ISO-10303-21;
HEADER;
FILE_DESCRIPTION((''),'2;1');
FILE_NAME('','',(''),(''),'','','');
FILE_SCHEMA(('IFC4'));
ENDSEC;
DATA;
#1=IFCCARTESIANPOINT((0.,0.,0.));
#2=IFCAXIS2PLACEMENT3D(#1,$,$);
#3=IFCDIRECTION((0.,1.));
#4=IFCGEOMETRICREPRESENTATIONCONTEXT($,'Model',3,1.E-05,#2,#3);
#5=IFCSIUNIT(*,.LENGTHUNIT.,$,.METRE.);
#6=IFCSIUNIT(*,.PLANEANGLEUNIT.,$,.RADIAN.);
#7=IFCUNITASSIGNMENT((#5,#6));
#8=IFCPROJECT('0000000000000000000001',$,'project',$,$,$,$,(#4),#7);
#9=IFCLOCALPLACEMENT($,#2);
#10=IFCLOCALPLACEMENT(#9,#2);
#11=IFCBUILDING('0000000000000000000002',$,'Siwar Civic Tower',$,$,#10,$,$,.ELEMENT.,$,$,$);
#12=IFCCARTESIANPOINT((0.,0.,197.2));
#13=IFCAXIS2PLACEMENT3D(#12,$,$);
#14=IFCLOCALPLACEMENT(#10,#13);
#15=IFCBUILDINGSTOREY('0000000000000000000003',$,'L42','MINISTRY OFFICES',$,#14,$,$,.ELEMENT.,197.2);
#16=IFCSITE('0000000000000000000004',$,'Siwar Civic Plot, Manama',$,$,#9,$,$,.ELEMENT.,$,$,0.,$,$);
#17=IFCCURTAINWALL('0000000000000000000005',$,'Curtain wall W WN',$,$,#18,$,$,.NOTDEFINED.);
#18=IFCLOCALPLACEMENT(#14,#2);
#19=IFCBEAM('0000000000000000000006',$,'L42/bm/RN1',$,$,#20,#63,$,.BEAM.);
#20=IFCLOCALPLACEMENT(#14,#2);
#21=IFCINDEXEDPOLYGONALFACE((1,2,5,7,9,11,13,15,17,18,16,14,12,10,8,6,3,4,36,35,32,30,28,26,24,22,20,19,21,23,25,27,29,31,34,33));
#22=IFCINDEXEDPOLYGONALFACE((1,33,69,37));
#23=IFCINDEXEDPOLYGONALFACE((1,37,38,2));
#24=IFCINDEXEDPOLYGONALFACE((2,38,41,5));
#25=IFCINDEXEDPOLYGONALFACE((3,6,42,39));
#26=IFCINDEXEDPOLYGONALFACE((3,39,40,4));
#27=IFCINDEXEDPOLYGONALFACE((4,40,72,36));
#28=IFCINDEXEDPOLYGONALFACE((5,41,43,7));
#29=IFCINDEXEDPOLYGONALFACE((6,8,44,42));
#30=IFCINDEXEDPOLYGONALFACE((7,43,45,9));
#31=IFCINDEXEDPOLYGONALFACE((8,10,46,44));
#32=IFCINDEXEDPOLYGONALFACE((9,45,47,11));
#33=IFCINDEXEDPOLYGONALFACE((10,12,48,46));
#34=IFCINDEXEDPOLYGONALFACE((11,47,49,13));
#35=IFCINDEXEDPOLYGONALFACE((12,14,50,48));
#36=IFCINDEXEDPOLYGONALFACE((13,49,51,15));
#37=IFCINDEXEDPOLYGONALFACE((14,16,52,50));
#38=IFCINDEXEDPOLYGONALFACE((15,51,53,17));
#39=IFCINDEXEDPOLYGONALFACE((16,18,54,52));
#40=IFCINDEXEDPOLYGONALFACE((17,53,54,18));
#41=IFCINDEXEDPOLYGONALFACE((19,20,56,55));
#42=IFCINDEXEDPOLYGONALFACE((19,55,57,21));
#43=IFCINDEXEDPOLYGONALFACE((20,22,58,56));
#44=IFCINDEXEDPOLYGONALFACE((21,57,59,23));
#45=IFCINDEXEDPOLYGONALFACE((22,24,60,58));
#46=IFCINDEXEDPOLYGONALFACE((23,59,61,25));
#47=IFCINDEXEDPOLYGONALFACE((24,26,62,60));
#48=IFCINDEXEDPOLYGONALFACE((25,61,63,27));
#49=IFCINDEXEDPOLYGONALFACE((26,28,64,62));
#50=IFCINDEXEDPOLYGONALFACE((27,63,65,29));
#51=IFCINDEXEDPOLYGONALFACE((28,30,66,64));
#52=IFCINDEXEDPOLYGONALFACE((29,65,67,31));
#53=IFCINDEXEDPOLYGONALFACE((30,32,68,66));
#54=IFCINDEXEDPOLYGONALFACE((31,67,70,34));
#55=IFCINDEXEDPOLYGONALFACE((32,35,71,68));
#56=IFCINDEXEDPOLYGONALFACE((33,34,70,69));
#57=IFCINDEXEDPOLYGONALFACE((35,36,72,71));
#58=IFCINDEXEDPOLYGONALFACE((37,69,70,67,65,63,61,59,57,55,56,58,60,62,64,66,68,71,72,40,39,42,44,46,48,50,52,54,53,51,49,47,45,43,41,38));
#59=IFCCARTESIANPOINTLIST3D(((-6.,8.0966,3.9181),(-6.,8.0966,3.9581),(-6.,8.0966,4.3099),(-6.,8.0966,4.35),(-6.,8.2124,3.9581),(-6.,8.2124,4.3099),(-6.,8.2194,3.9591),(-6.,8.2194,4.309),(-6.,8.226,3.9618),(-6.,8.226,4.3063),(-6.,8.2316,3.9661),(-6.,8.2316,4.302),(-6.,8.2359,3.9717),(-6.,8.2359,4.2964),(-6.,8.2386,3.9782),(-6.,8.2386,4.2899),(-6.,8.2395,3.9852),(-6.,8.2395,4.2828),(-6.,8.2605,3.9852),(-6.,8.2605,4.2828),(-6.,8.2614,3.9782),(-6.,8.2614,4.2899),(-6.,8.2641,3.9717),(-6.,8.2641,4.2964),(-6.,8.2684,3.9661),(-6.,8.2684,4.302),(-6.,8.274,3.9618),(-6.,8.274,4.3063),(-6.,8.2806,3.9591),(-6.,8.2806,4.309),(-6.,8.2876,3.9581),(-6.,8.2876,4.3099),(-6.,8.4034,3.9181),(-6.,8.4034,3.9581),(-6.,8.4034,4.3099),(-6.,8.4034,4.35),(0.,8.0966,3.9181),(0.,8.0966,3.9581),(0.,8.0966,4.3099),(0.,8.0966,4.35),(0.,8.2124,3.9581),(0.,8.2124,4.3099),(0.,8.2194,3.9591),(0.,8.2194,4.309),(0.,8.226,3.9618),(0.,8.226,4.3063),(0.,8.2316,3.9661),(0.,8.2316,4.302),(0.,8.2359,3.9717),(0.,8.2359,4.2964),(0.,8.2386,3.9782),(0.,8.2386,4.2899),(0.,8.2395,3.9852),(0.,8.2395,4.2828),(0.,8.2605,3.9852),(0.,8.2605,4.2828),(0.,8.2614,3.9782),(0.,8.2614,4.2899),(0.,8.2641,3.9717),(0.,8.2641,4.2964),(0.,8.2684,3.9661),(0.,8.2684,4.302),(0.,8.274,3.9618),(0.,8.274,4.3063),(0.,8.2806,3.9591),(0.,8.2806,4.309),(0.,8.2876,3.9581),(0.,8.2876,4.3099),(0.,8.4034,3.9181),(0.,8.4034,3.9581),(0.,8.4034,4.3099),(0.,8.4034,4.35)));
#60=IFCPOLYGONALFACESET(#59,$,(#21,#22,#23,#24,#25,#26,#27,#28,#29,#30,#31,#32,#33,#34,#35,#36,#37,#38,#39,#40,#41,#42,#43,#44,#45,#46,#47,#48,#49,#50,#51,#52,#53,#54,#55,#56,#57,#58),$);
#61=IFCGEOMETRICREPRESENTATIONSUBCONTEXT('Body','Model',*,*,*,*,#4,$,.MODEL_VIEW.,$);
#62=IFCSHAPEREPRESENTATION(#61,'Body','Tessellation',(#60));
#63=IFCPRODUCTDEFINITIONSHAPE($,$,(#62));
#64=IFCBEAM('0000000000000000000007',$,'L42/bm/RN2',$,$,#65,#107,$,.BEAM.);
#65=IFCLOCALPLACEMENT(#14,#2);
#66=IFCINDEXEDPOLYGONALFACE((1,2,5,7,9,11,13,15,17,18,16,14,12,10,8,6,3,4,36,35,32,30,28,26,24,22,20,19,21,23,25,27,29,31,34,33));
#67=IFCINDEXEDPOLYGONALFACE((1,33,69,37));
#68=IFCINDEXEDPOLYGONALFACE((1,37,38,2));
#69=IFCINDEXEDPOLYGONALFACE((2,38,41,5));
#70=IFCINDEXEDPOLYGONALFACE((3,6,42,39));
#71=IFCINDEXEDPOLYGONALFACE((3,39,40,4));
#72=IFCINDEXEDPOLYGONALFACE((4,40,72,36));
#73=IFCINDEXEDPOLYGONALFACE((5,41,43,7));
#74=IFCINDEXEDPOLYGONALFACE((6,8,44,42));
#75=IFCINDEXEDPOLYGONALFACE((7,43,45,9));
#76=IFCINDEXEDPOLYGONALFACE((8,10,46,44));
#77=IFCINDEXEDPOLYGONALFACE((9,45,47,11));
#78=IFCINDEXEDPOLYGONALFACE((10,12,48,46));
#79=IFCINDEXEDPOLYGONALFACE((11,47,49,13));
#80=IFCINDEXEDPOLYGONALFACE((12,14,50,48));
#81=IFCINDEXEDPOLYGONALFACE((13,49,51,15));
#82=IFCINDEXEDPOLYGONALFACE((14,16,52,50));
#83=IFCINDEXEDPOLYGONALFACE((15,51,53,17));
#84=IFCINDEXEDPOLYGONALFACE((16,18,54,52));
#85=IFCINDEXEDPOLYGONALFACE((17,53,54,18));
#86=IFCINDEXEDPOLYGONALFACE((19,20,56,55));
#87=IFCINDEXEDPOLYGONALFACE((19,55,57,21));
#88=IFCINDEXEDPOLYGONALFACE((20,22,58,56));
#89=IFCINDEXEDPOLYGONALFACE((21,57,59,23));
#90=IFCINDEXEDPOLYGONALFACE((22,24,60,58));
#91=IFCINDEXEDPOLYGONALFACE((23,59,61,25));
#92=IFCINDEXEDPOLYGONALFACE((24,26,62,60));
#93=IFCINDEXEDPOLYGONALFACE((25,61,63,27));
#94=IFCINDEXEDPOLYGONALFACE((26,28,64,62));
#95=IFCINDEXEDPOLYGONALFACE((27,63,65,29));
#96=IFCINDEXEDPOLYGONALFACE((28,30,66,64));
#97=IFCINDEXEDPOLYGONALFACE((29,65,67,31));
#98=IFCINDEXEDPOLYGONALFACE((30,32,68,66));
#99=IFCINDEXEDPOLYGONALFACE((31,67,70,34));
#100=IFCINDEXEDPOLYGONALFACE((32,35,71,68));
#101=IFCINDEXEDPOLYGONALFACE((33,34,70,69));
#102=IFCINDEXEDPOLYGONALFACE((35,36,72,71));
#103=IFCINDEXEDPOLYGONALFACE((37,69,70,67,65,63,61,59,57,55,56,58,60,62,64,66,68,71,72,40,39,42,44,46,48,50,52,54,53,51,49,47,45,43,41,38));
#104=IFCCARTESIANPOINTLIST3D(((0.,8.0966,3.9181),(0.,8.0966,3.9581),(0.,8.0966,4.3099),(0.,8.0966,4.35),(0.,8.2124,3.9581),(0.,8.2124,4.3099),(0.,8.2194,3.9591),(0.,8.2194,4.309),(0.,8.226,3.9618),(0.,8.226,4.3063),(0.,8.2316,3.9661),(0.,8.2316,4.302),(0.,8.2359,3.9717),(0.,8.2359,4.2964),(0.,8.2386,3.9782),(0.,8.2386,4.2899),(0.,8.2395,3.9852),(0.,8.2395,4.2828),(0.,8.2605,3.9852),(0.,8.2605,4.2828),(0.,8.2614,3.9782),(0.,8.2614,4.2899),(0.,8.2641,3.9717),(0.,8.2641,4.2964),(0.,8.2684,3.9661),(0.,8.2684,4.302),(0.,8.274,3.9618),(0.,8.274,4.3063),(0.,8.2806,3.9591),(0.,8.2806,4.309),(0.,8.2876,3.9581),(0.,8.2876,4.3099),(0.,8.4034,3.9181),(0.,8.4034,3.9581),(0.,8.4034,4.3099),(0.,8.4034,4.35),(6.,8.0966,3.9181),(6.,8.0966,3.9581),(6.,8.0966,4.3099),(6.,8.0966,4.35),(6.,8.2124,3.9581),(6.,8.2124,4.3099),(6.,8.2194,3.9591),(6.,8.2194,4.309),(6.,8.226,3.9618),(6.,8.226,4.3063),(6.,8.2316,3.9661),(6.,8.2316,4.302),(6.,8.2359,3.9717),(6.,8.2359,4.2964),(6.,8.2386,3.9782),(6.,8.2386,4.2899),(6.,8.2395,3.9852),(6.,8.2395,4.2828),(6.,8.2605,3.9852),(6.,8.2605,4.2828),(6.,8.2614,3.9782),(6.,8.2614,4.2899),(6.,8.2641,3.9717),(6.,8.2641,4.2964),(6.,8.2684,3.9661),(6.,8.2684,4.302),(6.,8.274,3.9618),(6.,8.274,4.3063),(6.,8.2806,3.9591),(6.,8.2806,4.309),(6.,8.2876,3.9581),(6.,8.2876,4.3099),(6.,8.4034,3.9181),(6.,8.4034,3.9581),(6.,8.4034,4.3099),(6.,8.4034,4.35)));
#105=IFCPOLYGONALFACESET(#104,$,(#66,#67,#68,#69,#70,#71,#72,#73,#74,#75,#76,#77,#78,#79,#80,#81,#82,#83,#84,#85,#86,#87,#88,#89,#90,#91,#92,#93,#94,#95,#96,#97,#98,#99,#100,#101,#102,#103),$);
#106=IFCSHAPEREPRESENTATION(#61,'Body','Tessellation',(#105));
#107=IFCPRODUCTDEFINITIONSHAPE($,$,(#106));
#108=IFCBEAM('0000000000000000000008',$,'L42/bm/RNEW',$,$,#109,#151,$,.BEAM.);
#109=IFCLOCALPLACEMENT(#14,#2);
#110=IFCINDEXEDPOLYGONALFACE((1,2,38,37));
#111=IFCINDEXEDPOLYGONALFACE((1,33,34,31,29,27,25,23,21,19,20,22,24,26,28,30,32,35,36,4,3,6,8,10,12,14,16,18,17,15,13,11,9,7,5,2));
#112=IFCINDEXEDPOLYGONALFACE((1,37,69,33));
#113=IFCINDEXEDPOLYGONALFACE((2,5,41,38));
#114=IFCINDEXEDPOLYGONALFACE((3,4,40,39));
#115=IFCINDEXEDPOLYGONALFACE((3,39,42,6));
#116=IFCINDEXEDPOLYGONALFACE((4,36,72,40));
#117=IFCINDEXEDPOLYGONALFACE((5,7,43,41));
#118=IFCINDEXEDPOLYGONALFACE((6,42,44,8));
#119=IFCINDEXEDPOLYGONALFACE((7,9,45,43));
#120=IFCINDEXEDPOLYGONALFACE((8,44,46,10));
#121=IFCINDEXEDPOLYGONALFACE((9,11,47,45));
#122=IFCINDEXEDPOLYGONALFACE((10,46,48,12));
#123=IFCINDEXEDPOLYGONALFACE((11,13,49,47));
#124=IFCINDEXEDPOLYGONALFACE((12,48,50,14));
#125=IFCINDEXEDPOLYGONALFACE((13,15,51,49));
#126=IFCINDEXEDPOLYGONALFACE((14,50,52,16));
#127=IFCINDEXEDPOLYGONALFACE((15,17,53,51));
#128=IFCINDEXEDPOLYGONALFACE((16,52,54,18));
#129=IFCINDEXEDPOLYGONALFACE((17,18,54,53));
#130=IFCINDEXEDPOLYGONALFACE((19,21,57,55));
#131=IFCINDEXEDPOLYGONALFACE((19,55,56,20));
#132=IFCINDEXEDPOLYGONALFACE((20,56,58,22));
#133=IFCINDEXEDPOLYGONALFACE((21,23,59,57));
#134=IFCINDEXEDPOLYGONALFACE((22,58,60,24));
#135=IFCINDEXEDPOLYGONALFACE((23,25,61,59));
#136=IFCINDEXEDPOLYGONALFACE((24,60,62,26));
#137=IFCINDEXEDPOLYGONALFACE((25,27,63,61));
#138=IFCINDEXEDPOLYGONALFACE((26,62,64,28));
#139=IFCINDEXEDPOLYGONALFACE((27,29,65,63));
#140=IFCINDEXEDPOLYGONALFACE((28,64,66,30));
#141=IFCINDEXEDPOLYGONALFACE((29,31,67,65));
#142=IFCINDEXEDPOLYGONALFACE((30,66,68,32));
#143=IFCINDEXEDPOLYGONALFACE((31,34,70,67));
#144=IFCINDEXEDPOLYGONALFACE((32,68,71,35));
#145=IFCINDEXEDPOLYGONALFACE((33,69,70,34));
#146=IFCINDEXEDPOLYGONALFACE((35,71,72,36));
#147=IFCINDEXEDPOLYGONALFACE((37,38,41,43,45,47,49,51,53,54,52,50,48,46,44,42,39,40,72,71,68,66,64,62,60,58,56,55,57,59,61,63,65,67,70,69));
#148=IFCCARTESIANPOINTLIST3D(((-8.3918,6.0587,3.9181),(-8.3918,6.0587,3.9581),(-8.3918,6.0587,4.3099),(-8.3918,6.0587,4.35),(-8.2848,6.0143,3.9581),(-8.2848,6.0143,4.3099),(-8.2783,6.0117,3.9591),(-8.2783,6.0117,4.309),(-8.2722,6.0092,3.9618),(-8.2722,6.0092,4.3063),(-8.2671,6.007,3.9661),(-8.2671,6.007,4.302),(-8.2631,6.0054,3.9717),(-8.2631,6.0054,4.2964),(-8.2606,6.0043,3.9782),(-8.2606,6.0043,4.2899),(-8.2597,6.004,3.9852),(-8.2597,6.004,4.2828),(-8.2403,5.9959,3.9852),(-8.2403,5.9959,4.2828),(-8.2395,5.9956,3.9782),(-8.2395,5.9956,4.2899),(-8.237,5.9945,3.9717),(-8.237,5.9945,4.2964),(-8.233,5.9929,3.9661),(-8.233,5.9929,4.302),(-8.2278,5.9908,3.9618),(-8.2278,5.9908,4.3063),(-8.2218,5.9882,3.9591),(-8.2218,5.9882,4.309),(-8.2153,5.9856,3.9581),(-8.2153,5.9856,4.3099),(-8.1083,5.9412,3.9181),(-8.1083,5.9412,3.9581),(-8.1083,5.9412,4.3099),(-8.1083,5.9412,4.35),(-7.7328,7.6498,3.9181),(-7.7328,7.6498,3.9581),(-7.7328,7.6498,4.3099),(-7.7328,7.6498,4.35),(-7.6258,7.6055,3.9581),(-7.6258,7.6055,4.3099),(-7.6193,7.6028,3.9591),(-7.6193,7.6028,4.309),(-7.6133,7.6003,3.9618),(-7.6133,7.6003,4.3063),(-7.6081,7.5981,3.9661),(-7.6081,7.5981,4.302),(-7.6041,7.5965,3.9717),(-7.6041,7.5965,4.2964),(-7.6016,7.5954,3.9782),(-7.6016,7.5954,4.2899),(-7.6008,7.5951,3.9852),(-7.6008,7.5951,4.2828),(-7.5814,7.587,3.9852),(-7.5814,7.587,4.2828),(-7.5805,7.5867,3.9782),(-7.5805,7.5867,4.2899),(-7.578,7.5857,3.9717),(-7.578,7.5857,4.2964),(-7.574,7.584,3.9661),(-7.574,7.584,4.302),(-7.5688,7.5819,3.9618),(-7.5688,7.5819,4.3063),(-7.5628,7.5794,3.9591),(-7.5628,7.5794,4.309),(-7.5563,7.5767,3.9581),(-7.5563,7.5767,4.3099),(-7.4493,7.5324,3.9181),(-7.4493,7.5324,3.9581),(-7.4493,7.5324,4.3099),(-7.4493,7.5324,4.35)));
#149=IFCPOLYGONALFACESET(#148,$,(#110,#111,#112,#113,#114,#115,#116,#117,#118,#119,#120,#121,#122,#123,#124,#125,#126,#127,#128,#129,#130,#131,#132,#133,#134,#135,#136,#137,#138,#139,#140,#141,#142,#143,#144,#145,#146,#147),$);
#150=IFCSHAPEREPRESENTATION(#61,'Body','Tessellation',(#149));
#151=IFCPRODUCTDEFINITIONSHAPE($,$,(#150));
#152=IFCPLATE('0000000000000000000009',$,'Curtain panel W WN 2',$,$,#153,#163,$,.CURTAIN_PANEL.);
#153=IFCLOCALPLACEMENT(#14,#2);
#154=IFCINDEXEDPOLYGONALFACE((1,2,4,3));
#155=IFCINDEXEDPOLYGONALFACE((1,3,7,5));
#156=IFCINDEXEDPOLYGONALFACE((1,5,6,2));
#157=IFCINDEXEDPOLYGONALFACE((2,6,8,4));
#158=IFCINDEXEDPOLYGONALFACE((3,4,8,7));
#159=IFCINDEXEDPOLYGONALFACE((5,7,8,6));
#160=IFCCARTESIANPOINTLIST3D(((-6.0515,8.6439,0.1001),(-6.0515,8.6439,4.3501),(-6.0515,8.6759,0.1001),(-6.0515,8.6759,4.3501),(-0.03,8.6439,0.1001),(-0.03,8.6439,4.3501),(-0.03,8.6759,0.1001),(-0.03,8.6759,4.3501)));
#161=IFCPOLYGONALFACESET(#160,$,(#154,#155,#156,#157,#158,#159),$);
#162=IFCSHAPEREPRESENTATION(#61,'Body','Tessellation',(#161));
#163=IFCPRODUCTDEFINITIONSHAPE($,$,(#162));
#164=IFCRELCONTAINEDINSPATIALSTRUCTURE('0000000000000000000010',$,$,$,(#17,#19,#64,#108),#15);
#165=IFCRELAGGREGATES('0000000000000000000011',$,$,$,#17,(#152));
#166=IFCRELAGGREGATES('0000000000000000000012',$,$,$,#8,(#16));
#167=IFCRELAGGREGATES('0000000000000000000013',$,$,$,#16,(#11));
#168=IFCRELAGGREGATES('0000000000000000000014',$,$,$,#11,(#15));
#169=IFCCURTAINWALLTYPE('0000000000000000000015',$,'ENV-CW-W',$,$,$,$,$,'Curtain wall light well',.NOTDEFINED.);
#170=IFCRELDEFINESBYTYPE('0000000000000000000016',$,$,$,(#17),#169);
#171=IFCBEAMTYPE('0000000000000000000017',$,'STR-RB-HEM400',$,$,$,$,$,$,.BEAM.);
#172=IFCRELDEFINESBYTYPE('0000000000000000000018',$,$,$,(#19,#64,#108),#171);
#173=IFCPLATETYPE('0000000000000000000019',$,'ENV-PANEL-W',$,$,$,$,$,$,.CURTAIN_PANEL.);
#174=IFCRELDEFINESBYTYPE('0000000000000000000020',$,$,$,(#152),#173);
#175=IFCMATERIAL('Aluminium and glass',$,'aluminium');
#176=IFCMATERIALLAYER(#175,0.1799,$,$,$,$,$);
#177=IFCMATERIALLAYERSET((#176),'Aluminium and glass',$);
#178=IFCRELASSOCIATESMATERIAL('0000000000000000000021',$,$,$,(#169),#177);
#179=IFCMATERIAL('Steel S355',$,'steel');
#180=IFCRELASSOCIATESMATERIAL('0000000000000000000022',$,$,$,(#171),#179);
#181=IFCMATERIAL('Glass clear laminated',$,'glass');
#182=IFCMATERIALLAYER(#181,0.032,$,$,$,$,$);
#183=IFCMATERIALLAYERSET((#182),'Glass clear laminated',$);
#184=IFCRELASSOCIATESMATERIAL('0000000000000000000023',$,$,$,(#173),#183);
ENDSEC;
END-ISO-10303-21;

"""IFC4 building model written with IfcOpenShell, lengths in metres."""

from ifc_helpers import new_model, si_unit, direction, frame, origin, origin_2d, place, context, subcontext, project, spatial, rectangle, i_section, extrude, material, layer, layer_set, material_profile, profile_set, type_object, element, aggregate, save


model = new_model("IFC4")

# Units and contexts
model_context = context("Model", 3, precision=1e-05, world=origin(), true_north=direction((0.0, 1.0)))
body_context = subcontext(model_context, "Body", "Model", "MODEL_VIEW")
ifc_project = project(units=[si_unit("LENGTHUNIT", "METRE"), si_unit("PLANEANGLEUNIT", "RADIAN")], contexts=[model_context])

# Site, building, storey
site_placement = place(None, origin())
site = spatial("IfcSite", under=ifc_project, at=site_placement, Name="Siwar Civic Plot, Manama", CompositionType="ELEMENT", RefElevation=0.0)
building_placement = place(site_placement, origin())
building = spatial("IfcBuilding", under=site, at=building_placement, Name="Siwar Civic Tower", CompositionType="ELEMENT")
storey_placement = place(building_placement, frame((0.0, 0.0, 197.2)))
storey = spatial("IfcBuildingStorey", under=building, at=storey_placement, Name="L42", Description="MINISTRY OFFICES", CompositionType="ELEMENT", Elevation=197.2)

# Curtain wall
ifc_material_1 = material(Name="Aluminium and glass", Category="aluminium")
ifc_layer_1 = layer(ifc_material_1, 0.1799)
ifc_layer_set_1 = layer_set([ifc_layer_1], Name="Aluminium and glass")
curtain_wall_type = type_object("IfcCurtainWallType", Name="ENV-CW-W", ElementType="Curtain wall light well", PredefinedType="NOTDEFINED", material=ifc_layer_set_1)
curtain_wall_placement = place(storey_placement, origin())
curtain_wall = element("IfcCurtainWall", 1, at=curtain_wall_placement, inside=storey, type_object=curtain_wall_type, Name="Curtain wall W WN", PredefinedType="NOTDEFINED")

# Beams
ifc_material_2 = material(Name="Steel S355", Category="steel")
ifc_material_profile_1 = material_profile(ifc_material_2, i_section(OverallWidth=0.3069, OverallDepth=0.4319, WebThickness=0.021, FlangeThickness=0.04, FilletRadius=0.0271, at=origin_2d()), Name="HEM400")
ifc_profile_set_1 = profile_set([ifc_material_profile_1], Name="Steel S355")
beam_type_1 = type_object("IfcBeamType", Name="STR-RB-HEM400", PredefinedType="BEAM", material=ifc_profile_set_1)
for number, where, z_axis, x_axis, name in (
    (2, (-6.0, 8.25, 4.134), (1.0, 0.0, 0.0), (0.0, 1.0, 0.0), "L42/bm/RN1"),
    (3, (0.0, 8.25, 4.134), (1.0, 0.0, 0.0), (0.0, 1.0, 0.0), "L42/bm/RN2"),
):
    element("IfcBeam", number, at=place(storey_placement, frame(where, z_axis=z_axis, x_axis=x_axis)), inside=storey, type_object=beam_type_1, Name=name, PredefinedType="BEAM", context=body_context, shape_type="SweptSolid", body=[
        extrude(i_section(OverallWidth=0.3069, OverallDepth=0.4319, WebThickness=0.021, FlangeThickness=0.04, FilletRadius=0.0271, at=origin_2d()), origin(), (0.0, 0.0, 1.0), 6.0),
    ])
beam_1_placement = place(storey_placement, frame((-7.5911, 7.5911, 4.134), z_axis=(-0.382631, -0.923901, 0.0), x_axis=(0.923901, -0.382631, 0.0)))
element("IfcBeam", 4, at=beam_1_placement, inside=storey, type_object=beam_type_1, Name="L42/bm/RNEW", PredefinedType="BEAM", context=body_context, shape_type="SweptSolid", body=[
    extrude(i_section(OverallWidth=0.3069, OverallDepth=0.4319, WebThickness=0.021, FlangeThickness=0.04, FilletRadius=0.0271, at=origin_2d()), origin(), (0.0, 0.0, 1.0), 1.7222),
])

# Plate
ifc_material_3 = material(Name="Glass clear laminated", Category="glass")
ifc_layer_2 = layer(ifc_material_3, 0.032)
ifc_layer_set_2 = layer_set([ifc_layer_2], Name="Glass clear laminated")
plate_type = type_object("IfcPlateType", Name="ENV-PANEL-W", PredefinedType="CURTAIN_PANEL", material=ifc_layer_set_2)
plate_placement = place(storey_placement, frame((-3.0408, 8.6599, 0.1001), z_axis=(0.0, 0.0, 1.0), x_axis=(-1.0, 0.0, 0.0)))
plate = element("IfcPlate", 5, at=plate_placement, type_object=plate_type, Name="Curtain panel W WN 2", PredefinedType="CURTAIN_PANEL", context=body_context, shape_type="SweptSolid", body=[
    extrude(rectangle(XDim=6.0215, YDim=0.032, at=origin_2d()), origin(), (0.0, 0.0, 1.0), 4.25),
])
aggregate(curtain_wall, [plate])

save(model, "model.ifc")
